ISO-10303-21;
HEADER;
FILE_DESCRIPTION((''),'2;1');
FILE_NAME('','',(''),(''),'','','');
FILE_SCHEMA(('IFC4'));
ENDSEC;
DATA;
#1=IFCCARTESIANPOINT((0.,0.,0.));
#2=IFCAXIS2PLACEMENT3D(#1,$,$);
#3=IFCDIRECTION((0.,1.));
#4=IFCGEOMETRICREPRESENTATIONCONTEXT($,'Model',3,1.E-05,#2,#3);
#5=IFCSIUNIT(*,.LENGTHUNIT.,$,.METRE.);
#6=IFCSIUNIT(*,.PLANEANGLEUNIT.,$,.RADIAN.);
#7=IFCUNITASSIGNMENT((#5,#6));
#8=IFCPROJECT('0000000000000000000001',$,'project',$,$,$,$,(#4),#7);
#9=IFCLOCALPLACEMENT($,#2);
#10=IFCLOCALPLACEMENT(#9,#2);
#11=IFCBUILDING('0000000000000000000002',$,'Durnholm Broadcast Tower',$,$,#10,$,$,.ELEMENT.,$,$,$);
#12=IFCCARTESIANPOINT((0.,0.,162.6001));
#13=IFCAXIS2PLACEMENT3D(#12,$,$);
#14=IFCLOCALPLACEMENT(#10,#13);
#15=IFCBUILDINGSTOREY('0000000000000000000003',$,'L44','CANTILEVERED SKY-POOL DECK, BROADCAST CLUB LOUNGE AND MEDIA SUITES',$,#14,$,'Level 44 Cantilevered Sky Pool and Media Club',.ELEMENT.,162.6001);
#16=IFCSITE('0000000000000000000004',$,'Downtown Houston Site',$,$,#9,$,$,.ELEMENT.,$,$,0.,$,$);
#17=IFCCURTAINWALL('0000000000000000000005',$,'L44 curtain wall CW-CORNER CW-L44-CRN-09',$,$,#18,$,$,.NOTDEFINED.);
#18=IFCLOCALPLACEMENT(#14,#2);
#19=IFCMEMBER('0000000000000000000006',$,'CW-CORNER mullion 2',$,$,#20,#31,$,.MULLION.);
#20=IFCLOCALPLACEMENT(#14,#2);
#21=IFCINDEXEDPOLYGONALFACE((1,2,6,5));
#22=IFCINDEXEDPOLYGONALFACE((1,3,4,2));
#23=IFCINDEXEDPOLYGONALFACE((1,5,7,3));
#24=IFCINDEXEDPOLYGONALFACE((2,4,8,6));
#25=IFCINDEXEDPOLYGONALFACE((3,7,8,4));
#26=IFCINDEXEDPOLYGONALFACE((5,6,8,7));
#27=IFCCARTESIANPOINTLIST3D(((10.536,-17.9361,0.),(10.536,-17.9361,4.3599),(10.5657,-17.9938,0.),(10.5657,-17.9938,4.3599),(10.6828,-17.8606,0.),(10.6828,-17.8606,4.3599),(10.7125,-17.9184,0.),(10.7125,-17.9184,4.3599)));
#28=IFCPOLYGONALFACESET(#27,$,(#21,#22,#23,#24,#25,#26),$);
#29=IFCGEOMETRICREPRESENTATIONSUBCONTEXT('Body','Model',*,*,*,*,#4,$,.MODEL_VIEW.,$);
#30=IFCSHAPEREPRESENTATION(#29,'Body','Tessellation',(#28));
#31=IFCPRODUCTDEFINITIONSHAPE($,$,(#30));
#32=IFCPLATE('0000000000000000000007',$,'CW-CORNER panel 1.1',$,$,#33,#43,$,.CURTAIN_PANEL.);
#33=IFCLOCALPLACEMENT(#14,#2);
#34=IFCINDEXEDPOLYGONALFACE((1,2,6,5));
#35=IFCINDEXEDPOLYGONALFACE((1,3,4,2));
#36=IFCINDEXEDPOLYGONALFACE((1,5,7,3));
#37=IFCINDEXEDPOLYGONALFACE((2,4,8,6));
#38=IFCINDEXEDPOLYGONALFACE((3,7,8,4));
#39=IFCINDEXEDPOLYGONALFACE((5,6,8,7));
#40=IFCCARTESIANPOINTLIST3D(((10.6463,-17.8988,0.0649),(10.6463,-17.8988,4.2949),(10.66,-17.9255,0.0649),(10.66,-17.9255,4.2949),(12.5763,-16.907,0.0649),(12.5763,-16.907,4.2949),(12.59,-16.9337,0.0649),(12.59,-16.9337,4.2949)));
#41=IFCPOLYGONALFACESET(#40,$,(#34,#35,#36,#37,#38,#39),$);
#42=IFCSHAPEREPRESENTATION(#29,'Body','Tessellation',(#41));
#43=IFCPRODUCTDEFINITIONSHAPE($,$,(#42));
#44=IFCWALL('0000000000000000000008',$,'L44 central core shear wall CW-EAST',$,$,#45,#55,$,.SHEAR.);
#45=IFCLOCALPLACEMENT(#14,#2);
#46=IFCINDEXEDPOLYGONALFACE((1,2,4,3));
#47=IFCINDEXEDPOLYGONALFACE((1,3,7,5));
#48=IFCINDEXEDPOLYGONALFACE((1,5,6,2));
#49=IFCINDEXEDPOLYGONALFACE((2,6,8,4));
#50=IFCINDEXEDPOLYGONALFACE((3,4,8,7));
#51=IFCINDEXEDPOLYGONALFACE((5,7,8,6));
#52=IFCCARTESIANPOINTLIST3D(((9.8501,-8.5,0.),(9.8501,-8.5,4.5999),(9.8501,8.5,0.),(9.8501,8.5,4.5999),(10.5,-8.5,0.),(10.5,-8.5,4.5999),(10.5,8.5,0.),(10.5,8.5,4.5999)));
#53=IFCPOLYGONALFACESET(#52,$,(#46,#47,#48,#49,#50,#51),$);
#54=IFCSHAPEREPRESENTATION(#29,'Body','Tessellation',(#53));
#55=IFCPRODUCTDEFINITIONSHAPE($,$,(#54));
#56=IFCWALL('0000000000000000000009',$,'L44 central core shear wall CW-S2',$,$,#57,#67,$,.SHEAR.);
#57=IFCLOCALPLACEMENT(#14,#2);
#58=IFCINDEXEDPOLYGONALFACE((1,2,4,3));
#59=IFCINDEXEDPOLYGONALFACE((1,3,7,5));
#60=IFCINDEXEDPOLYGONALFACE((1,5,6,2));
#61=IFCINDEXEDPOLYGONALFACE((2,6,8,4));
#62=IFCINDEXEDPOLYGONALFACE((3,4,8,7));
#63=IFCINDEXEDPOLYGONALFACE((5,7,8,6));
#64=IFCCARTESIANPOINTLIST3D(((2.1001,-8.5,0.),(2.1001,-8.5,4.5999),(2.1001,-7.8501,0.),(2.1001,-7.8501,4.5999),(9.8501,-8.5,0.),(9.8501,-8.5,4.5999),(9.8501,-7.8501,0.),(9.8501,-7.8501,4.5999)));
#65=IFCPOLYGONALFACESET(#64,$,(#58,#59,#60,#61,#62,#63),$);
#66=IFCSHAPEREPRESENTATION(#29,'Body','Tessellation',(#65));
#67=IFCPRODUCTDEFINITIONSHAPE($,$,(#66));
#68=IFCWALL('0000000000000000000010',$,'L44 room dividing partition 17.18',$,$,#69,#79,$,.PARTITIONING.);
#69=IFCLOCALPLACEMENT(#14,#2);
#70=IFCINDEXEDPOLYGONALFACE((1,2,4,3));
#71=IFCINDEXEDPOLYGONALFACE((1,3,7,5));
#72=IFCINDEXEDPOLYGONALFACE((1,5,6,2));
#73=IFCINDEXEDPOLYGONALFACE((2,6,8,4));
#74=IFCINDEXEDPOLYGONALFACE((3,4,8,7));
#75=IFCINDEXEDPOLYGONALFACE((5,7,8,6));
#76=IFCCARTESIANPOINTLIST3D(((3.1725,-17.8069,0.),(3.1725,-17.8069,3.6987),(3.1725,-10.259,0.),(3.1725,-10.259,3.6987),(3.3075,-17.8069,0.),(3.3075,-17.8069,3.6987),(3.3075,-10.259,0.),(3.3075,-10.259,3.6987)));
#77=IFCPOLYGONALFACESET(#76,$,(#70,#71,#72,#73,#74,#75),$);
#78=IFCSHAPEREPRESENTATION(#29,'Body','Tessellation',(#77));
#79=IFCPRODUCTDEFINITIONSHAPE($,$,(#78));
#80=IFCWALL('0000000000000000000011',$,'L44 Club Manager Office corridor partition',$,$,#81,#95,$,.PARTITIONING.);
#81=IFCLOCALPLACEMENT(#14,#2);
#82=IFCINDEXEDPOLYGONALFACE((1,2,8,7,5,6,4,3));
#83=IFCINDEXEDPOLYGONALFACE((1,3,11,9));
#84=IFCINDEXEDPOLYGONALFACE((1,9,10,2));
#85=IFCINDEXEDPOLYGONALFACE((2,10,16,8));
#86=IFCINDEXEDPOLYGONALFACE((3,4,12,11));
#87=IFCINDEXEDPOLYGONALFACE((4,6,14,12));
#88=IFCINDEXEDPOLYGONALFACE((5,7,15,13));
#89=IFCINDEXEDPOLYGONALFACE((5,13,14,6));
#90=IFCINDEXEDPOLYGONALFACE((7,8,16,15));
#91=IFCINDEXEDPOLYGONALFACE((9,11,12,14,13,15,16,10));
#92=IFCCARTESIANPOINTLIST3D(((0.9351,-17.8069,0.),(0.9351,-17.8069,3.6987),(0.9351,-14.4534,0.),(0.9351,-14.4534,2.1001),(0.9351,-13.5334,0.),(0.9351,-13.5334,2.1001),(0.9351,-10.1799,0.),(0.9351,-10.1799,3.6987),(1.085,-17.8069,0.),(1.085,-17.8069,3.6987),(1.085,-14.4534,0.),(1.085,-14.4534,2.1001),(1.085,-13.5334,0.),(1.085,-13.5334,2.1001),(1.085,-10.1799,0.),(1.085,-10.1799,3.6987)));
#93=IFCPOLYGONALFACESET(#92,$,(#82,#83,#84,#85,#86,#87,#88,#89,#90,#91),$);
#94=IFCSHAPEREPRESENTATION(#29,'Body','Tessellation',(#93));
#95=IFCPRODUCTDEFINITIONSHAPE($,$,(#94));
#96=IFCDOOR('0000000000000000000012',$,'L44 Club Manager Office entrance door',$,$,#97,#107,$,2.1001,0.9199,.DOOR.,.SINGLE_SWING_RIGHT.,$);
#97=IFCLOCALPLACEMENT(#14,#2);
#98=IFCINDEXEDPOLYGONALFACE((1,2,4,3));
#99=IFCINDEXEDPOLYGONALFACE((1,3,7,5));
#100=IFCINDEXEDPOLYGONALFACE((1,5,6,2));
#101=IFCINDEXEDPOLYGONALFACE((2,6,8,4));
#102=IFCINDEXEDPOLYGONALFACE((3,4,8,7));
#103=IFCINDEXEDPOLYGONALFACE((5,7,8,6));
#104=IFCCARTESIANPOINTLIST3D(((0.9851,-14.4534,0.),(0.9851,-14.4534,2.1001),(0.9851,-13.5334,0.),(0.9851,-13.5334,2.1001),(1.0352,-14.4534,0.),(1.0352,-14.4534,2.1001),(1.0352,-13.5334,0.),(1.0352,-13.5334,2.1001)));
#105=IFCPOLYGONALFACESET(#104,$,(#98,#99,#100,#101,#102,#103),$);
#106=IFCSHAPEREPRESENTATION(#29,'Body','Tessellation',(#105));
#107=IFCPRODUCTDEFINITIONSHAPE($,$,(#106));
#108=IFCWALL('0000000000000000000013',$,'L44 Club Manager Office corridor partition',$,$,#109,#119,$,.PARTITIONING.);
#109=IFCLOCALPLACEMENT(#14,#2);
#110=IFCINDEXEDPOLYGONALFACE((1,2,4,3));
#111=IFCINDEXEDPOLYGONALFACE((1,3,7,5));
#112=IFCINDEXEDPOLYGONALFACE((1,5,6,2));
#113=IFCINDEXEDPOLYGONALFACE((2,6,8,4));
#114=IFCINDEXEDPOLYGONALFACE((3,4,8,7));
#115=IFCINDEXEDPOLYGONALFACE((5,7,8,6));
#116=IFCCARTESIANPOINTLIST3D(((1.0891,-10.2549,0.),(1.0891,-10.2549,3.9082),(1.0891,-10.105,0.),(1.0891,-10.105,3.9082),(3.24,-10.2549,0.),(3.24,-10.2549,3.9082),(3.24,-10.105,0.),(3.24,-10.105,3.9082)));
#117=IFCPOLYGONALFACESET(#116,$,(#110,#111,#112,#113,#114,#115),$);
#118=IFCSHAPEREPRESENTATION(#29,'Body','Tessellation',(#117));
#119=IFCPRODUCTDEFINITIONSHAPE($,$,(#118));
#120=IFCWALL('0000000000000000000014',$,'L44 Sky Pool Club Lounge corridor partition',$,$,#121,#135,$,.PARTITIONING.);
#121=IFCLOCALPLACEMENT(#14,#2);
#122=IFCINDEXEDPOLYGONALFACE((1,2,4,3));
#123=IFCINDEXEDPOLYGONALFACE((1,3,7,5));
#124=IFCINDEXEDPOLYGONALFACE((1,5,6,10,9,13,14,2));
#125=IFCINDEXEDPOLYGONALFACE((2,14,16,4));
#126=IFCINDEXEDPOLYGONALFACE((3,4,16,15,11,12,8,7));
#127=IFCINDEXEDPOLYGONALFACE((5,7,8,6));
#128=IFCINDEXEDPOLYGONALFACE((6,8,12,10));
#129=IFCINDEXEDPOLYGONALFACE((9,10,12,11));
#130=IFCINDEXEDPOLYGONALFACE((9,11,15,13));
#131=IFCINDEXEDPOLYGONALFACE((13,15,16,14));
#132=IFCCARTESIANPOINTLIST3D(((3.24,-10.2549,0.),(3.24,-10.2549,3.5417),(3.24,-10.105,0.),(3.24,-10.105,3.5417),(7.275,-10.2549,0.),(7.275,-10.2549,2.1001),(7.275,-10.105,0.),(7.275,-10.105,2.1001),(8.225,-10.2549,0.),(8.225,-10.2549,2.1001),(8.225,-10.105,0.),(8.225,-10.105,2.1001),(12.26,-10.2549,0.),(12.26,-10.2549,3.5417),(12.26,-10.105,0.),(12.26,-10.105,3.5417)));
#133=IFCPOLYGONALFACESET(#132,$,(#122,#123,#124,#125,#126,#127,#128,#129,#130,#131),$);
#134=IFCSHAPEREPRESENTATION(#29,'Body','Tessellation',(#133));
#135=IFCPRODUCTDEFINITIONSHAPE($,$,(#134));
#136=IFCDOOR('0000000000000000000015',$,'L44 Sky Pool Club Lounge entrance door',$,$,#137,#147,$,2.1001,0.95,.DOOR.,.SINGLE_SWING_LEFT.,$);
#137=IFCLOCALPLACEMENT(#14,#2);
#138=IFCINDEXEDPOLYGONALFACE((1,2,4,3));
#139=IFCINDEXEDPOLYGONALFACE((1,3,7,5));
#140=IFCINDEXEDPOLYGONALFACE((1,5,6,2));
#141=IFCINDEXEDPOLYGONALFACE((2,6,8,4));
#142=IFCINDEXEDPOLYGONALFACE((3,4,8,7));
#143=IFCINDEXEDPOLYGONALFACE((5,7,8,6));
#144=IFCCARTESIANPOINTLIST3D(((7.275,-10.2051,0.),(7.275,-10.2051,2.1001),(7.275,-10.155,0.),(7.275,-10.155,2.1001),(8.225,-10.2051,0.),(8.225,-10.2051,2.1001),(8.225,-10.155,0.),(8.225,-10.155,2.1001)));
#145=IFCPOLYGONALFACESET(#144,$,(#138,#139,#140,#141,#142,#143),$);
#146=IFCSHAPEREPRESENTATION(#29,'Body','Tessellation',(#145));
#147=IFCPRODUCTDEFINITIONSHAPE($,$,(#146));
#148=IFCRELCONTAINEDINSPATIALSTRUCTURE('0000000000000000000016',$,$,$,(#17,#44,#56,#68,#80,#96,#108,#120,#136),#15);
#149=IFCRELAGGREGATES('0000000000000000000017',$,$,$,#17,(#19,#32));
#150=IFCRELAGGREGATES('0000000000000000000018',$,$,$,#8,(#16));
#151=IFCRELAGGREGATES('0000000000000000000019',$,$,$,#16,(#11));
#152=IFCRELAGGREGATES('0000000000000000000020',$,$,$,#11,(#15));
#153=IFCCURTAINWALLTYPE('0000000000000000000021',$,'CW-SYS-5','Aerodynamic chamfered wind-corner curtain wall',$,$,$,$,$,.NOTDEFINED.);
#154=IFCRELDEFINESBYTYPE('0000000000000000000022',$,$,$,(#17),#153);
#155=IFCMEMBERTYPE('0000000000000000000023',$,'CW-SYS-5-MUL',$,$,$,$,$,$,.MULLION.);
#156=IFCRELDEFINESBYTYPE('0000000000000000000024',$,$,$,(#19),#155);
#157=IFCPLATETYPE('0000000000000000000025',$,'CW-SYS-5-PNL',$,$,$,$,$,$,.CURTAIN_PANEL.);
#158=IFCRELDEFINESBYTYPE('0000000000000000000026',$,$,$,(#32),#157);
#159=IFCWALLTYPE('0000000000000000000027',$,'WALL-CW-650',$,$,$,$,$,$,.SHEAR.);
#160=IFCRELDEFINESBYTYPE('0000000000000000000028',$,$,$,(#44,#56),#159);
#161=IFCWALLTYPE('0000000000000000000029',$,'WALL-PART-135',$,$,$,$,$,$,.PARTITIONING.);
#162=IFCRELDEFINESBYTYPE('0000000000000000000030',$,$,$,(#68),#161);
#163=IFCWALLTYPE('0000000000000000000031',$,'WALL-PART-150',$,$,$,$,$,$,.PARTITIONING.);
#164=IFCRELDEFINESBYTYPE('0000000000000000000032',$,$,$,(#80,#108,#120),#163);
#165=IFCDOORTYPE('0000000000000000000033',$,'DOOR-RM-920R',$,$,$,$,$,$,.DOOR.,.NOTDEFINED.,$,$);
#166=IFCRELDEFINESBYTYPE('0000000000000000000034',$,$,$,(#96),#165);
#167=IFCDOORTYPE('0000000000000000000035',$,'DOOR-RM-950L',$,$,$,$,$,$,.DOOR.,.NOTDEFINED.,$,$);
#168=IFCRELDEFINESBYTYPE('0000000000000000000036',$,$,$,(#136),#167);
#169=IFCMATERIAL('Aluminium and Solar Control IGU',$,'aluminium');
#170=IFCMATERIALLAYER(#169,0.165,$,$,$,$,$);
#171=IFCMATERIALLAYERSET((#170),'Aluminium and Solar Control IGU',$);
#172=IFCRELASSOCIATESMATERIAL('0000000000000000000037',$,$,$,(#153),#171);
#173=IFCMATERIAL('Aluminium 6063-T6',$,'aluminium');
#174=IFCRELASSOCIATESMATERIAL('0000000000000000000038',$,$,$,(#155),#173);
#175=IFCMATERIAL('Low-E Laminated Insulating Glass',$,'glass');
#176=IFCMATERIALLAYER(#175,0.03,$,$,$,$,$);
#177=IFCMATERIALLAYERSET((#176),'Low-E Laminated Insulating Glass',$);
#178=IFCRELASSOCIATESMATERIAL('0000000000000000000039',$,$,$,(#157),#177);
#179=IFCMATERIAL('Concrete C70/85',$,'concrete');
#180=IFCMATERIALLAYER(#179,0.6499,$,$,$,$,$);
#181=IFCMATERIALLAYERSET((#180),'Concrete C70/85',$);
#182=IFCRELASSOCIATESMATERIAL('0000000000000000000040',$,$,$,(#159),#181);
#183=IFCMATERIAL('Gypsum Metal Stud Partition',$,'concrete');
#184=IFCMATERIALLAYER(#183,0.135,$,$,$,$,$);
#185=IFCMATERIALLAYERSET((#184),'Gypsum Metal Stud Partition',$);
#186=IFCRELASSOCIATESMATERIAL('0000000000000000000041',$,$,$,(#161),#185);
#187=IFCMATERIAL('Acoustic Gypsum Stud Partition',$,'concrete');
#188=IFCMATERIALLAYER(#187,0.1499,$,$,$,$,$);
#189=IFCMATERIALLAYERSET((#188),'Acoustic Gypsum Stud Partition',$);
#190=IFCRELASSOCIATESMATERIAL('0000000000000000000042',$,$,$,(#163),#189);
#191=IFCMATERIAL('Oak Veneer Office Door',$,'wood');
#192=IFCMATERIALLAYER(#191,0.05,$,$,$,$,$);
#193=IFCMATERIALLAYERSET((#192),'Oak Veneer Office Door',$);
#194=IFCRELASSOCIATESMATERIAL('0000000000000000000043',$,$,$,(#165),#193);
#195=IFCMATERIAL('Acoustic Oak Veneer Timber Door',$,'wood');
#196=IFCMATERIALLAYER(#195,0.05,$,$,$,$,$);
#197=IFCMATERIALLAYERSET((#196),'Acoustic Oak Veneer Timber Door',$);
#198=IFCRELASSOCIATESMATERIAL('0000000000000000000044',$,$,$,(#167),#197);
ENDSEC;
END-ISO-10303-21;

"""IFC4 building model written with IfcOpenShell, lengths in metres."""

from ifc_helpers import new_model, si_unit, direction, frame, frame_2d, origin, origin_2d, place, context, subcontext, project, spatial, rectangle, extrude, source, transform, mapped, material, layer, layer_set, material_profile, profile_set, type_object, type_shapes, element, fill, aggregate, save


model = new_model("IFC4")

# Units and contexts
model_context = context("Model", 3, precision=1e-05, world=origin(), true_north=direction((0.0, 1.0)))
body_context = subcontext(model_context, "Body", "Model", "MODEL_VIEW")
ifc_project = project(units=[si_unit("LENGTHUNIT", "METRE"), si_unit("PLANEANGLEUNIT", "RADIAN")], contexts=[model_context])

# Site, building, storey
site_placement = place(None, origin())
site = spatial("IfcSite", under=ifc_project, at=site_placement, Name="Downtown Houston Site", CompositionType="ELEMENT", RefElevation=0.0)
building_placement = place(site_placement, origin())
building = spatial("IfcBuilding", under=site, at=building_placement, Name="Durnholm Broadcast Tower", CompositionType="ELEMENT")
storey_placement = place(building_placement, frame((0.0, 0.0, 162.6001)))
storey = spatial("IfcBuildingStorey", under=building, at=storey_placement, Name="L44", Description="CANTILEVERED SKY-POOL DECK, BROADCAST CLUB LOUNGE AND MEDIA SUITES", LongName="Level 44 Cantilevered Sky Pool and Media Club", CompositionType="ELEMENT", Elevation=162.6001)

# Shared definitions
ifc_material_1 = material(Name="Concrete C70/85", Category="concrete")

# Curtain wall, member, plate
ifc_material_2 = material(Name="Aluminium and Solar Control IGU", Category="aluminium")
ifc_layer_1 = layer(ifc_material_2, 0.165)
ifc_layer_set_1 = layer_set([ifc_layer_1], Name="Aluminium and Solar Control IGU")
curtain_wall_type = type_object("IfcCurtainWallType", Name="CW-SYS-5", Description="Aerodynamic chamfered wind-corner curtain wall", PredefinedType="NOTDEFINED", material=ifc_layer_set_1)
curtain_wall_placement = place(storey_placement, origin())
curtain_wall = element("IfcCurtainWall", 1, at=curtain_wall_placement, inside=storey, type_object=curtain_wall_type, Name="L44 curtain wall CW-CORNER CW-L44-CRN-09", PredefinedType="NOTDEFINED")
ifc_material_3 = material(Name="Aluminium 6063-T6", Category="aluminium")
ifc_material_profile_1 = material_profile(ifc_material_3, rectangle(XDim=0.0649, YDim=0.165, at=origin_2d()), Name="CWM65X165")
ifc_profile_set_1 = profile_set([ifc_material_profile_1], Name="Aluminium 6063-T6")
member_type = type_object("IfcMemberType", Name="CW-SYS-5-MUL", PredefinedType="MULLION", material=ifc_profile_set_1)
shared_shape_1 = source(origin(), body_context, "Body", "SweptSolid", [
    extrude(rectangle(XDim=0.0649, YDim=0.165, at=origin_2d()), origin(), (0.0, 0.0, 1.0), 4.3599),
])
type_shapes(member_type, [shared_shape_1])
member_placement = place(storey_placement, frame((10.6243, -17.9272, 0.0), z_axis=(0.0, 0.0, 1.0), x_axis=(0.457082, -0.889425, 0.0)))
member = element("IfcMember", 2, at=member_placement, type_object=member_type, Name="CW-CORNER mullion 2", PredefinedType="MULLION", context=body_context, shape_type="MappedRepresentation", body=[
    mapped(shared_shape_1, transform((0.0, 0.0, 0.0), x_axis=(1.0, 0.0, 0.0), y_axis=(0.0, 1.0, 0.0), z_axis=(0.0, 0.0, 1.0), scale=1.0)),
])
ifc_material_4 = material(Name="Low-E Laminated Insulating Glass", Category="glass")
ifc_layer_2 = layer(ifc_material_4, 0.03)
ifc_layer_set_2 = layer_set([ifc_layer_2], Name="Low-E Laminated Insulating Glass")
plate_type = type_object("IfcPlateType", Name="CW-SYS-5-PNL", PredefinedType="CURTAIN_PANEL", material=ifc_layer_set_2)
shared_shape_2 = source(origin(), body_context, "Body", "SweptSolid", [
    extrude(rectangle(XDim=2.1699, YDim=0.03, at=origin_2d()), origin(), (0.0, 0.0, 1.0), 4.23),
])
type_shapes(plate_type, [shared_shape_2])
plate_placement = place(storey_placement, frame((11.6182, -17.4163, 0.0649), z_axis=(0.0, 0.0, 1.0), x_axis=(-0.889425, -0.457082, 0.0)))
plate = element("IfcPlate", 3, at=plate_placement, type_object=plate_type, Name="CW-CORNER panel 1.1", PredefinedType="CURTAIN_PANEL", context=body_context, shape_type="MappedRepresentation", body=[
    mapped(shared_shape_2, transform((0.0, 0.0, 0.0), x_axis=(1.0, 0.0, 0.0), y_axis=(0.0, 1.0, 0.0), z_axis=(0.0, 0.0, 1.0), scale=1.0)),
])
aggregate(curtain_wall, [member, plate])

# Walls
ifc_layer_3 = layer(ifc_material_1, 0.6499)
ifc_layer_set_3 = layer_set([ifc_layer_3], Name="Concrete C70/85")
wall_type_1 = type_object("IfcWallType", Name="WALL-CW-650", PredefinedType="SHEAR", material=ifc_layer_set_3)
wall_1_placement = place(storey_placement, frame((10.175, -8.5, 0.0), z_axis=(0.0, 0.0, 1.0), x_axis=(0.0, 1.0, 0.0)))
element("IfcWall", 4, at=wall_1_placement, inside=storey, type_object=wall_type_1, Name="L44 central core shear wall CW-EAST", PredefinedType="SHEAR", context=body_context, shape_type="SweptSolid", body=[
    extrude(rectangle(XDim=17.0, YDim=0.6499, at=frame_2d((8.5, 0.0))), origin(), (0.0, 0.0, 1.0), 4.5999),
])
wall_2_placement = place(storey_placement, frame((2.1001, -8.175, 0.0), z_axis=(0.0, 0.0, 1.0), x_axis=(1.0, 0.0, 0.0)))
element("IfcWall", 5, at=wall_2_placement, inside=storey, type_object=wall_type_1, Name="L44 central core shear wall CW-S2", PredefinedType="SHEAR", context=body_context, shape_type="SweptSolid", body=[
    extrude(rectangle(XDim=7.75, YDim=0.6499, at=frame_2d((3.875, 0.0))), origin(), (0.0, 0.0, 1.0), 4.5999),
])

# Wall
ifc_material_5 = material(Name="Gypsum Metal Stud Partition", Category="concrete")
ifc_layer_4 = layer(ifc_material_5, 0.135)
ifc_layer_set_4 = layer_set([ifc_layer_4], Name="Gypsum Metal Stud Partition")
wall_type_2 = type_object("IfcWallType", Name="WALL-PART-135", PredefinedType="PARTITIONING", material=ifc_layer_set_4)
wall_3_placement = place(storey_placement, frame((3.24, -10.259, 0.0), z_axis=(0.0, 0.0, 1.0), x_axis=(0.0, -1.0, 0.0)))
element("IfcWall", 6, at=wall_3_placement, inside=storey, type_object=wall_type_2, Name="L44 room dividing partition 17.18", PredefinedType="PARTITIONING", context=body_context, shape_type="SweptSolid", body=[
    extrude(rectangle(XDim=7.5479, YDim=0.135, at=frame_2d((3.7739, 0.0))), origin(), (0.0, 0.0, 1.0), 3.6987),
])

# Wall, opening, door
ifc_material_6 = material(Name="Acoustic Gypsum Stud Partition", Category="concrete")
ifc_layer_5 = layer(ifc_material_6, 0.1499)
ifc_layer_set_5 = layer_set([ifc_layer_5], Name="Acoustic Gypsum Stud Partition")
wall_type_3 = type_object("IfcWallType", Name="WALL-PART-150", PredefinedType="PARTITIONING", material=ifc_layer_set_5)
wall_4_placement = place(storey_placement, frame((1.01, -17.8069, 0.0), z_axis=(0.0, 0.0, 1.0), x_axis=(0.0, 1.0, 0.0)))
wall_4 = element("IfcWall", 7, at=wall_4_placement, inside=storey, type_object=wall_type_3, Name="L44 Club Manager Office corridor partition", PredefinedType="PARTITIONING", context=body_context, shape_type="SweptSolid", body=[
    extrude(rectangle(XDim=7.627, YDim=0.1499, at=frame_2d((3.8135, 0.0))), origin(), (0.0, 0.0, 1.0), 3.6987),
])
opening_1_placement = place(wall_4_placement, frame((3.3535, 0.0, 0.0)))
opening_1 = element("IfcOpeningElement", 8, at=opening_1_placement, cuts=wall_4, PredefinedType="OPENING", context=body_context, shape_type="SweptSolid", body=[
    extrude(rectangle(XDim=0.9199, YDim=2.1001, at=frame_2d((0.46, 1.05))), frame((0.0, 0.085, 0.0), z_axis=(0.0, -1.0, 0.0), x_axis=(1.0, 0.0, 0.0)), (0.0, 0.0, 1.0), 0.1699),
])
ifc_material_7 = material(Name="Oak Veneer Office Door", Category="wood")
ifc_layer_6 = layer(ifc_material_7, 0.05)
ifc_layer_set_6 = layer_set([ifc_layer_6], Name="Oak Veneer Office Door")
door_type_1 = type_object("IfcDoorType", Name="DOOR-RM-920R", OperationType="NOTDEFINED", PredefinedType="DOOR", material=ifc_layer_set_6)
shared_shape_3 = source(origin(), body_context, "Body", "SweptSolid", [
    extrude(rectangle(XDim=0.9199, YDim=2.1001, at=frame_2d((0.46, 1.05))), frame((0.0, 0.0249, 0.0), z_axis=(0.0, -1.0, 0.0), x_axis=(1.0, 0.0, 0.0)), (0.0, 0.0, 1.0), 0.05),
])
type_shapes(door_type_1, [shared_shape_3])
door_1_placement = place(opening_1_placement, origin())
door_1 = element("IfcDoor", 9, at=door_1_placement, inside=storey, type_object=door_type_1, Name="L44 Club Manager Office entrance door", OperationType="SINGLE_SWING_RIGHT", OverallHeight=2.1001, OverallWidth=0.9199, PredefinedType="DOOR", context=body_context, shape_type="MappedRepresentation", body=[
    mapped(shared_shape_3, transform((0.0, 0.0, 0.0), x_axis=(1.0, 0.0, 0.0), y_axis=(0.0, 1.0, 0.0), z_axis=(0.0, 0.0, 1.0), scale=1.0)),
])
fill(opening_1, door_1)

# Wall
wall_5_placement = place(storey_placement, frame((1.0891, -10.1799, 0.0), z_axis=(0.0, 0.0, 1.0), x_axis=(1.0, 0.0, 0.0)))
element("IfcWall", 10, at=wall_5_placement, inside=storey, type_object=wall_type_3, Name="L44 Club Manager Office corridor partition", PredefinedType="PARTITIONING", context=body_context, shape_type="SweptSolid", body=[
    extrude(rectangle(XDim=2.1509, YDim=0.1499, at=frame_2d((1.0754, 0.0))), origin(), (0.0, 0.0, 1.0), 3.9082),
])

# Wall, opening, door
wall_6_placement = place(storey_placement, frame((3.24, -10.1799, 0.0), z_axis=(0.0, 0.0, 1.0), x_axis=(1.0, 0.0, 0.0)))
wall_6 = element("IfcWall", 11, at=wall_6_placement, inside=storey, type_object=wall_type_3, Name="L44 Sky Pool Club Lounge corridor partition", PredefinedType="PARTITIONING", context=body_context, shape_type="SweptSolid", body=[
    extrude(rectangle(XDim=9.02, YDim=0.1499, at=frame_2d((4.51, 0.0))), origin(), (0.0, 0.0, 1.0), 3.5417),
])
opening_2_placement = place(wall_6_placement, frame((4.0349, 0.0, 0.0)))
opening_2 = element("IfcOpeningElement", 12, at=opening_2_placement, cuts=wall_6, PredefinedType="OPENING", context=body_context, shape_type="SweptSolid", body=[
    extrude(rectangle(XDim=0.95, YDim=2.1001, at=frame_2d((0.4751, 1.05))), frame((0.0, 0.085, 0.0), z_axis=(0.0, -1.0, 0.0), x_axis=(1.0, 0.0, 0.0)), (0.0, 0.0, 1.0), 0.1699),
])
ifc_material_8 = material(Name="Acoustic Oak Veneer Timber Door", Category="wood")
ifc_layer_7 = layer(ifc_material_8, 0.05)
ifc_layer_set_7 = layer_set([ifc_layer_7], Name="Acoustic Oak Veneer Timber Door")
door_type_2 = type_object("IfcDoorType", Name="DOOR-RM-950L", OperationType="NOTDEFINED", PredefinedType="DOOR", material=ifc_layer_set_7)
shared_shape_4 = source(origin(), body_context, "Body", "SweptSolid", [
    extrude(rectangle(XDim=0.95, YDim=2.1001, at=frame_2d((0.4751, 1.05))), frame((0.0, 0.0249, 0.0), z_axis=(0.0, -1.0, 0.0), x_axis=(1.0, 0.0, 0.0)), (0.0, 0.0, 1.0), 0.05),
])
type_shapes(door_type_2, [shared_shape_4])
door_2_placement = place(opening_2_placement, origin())
door_2 = element("IfcDoor", 13, at=door_2_placement, inside=storey, type_object=door_type_2, Name="L44 Sky Pool Club Lounge entrance door", OperationType="SINGLE_SWING_LEFT", OverallHeight=2.1001, OverallWidth=0.95, PredefinedType="DOOR", context=body_context, shape_type="MappedRepresentation", body=[
    mapped(shared_shape_4, transform((0.0, 0.0, 0.0), x_axis=(1.0, 0.0, 0.0), y_axis=(0.0, 1.0, 0.0), z_axis=(0.0, 0.0, 1.0), scale=1.0)),
])
fill(opening_2, door_2)

save(model, "model.ifc")
